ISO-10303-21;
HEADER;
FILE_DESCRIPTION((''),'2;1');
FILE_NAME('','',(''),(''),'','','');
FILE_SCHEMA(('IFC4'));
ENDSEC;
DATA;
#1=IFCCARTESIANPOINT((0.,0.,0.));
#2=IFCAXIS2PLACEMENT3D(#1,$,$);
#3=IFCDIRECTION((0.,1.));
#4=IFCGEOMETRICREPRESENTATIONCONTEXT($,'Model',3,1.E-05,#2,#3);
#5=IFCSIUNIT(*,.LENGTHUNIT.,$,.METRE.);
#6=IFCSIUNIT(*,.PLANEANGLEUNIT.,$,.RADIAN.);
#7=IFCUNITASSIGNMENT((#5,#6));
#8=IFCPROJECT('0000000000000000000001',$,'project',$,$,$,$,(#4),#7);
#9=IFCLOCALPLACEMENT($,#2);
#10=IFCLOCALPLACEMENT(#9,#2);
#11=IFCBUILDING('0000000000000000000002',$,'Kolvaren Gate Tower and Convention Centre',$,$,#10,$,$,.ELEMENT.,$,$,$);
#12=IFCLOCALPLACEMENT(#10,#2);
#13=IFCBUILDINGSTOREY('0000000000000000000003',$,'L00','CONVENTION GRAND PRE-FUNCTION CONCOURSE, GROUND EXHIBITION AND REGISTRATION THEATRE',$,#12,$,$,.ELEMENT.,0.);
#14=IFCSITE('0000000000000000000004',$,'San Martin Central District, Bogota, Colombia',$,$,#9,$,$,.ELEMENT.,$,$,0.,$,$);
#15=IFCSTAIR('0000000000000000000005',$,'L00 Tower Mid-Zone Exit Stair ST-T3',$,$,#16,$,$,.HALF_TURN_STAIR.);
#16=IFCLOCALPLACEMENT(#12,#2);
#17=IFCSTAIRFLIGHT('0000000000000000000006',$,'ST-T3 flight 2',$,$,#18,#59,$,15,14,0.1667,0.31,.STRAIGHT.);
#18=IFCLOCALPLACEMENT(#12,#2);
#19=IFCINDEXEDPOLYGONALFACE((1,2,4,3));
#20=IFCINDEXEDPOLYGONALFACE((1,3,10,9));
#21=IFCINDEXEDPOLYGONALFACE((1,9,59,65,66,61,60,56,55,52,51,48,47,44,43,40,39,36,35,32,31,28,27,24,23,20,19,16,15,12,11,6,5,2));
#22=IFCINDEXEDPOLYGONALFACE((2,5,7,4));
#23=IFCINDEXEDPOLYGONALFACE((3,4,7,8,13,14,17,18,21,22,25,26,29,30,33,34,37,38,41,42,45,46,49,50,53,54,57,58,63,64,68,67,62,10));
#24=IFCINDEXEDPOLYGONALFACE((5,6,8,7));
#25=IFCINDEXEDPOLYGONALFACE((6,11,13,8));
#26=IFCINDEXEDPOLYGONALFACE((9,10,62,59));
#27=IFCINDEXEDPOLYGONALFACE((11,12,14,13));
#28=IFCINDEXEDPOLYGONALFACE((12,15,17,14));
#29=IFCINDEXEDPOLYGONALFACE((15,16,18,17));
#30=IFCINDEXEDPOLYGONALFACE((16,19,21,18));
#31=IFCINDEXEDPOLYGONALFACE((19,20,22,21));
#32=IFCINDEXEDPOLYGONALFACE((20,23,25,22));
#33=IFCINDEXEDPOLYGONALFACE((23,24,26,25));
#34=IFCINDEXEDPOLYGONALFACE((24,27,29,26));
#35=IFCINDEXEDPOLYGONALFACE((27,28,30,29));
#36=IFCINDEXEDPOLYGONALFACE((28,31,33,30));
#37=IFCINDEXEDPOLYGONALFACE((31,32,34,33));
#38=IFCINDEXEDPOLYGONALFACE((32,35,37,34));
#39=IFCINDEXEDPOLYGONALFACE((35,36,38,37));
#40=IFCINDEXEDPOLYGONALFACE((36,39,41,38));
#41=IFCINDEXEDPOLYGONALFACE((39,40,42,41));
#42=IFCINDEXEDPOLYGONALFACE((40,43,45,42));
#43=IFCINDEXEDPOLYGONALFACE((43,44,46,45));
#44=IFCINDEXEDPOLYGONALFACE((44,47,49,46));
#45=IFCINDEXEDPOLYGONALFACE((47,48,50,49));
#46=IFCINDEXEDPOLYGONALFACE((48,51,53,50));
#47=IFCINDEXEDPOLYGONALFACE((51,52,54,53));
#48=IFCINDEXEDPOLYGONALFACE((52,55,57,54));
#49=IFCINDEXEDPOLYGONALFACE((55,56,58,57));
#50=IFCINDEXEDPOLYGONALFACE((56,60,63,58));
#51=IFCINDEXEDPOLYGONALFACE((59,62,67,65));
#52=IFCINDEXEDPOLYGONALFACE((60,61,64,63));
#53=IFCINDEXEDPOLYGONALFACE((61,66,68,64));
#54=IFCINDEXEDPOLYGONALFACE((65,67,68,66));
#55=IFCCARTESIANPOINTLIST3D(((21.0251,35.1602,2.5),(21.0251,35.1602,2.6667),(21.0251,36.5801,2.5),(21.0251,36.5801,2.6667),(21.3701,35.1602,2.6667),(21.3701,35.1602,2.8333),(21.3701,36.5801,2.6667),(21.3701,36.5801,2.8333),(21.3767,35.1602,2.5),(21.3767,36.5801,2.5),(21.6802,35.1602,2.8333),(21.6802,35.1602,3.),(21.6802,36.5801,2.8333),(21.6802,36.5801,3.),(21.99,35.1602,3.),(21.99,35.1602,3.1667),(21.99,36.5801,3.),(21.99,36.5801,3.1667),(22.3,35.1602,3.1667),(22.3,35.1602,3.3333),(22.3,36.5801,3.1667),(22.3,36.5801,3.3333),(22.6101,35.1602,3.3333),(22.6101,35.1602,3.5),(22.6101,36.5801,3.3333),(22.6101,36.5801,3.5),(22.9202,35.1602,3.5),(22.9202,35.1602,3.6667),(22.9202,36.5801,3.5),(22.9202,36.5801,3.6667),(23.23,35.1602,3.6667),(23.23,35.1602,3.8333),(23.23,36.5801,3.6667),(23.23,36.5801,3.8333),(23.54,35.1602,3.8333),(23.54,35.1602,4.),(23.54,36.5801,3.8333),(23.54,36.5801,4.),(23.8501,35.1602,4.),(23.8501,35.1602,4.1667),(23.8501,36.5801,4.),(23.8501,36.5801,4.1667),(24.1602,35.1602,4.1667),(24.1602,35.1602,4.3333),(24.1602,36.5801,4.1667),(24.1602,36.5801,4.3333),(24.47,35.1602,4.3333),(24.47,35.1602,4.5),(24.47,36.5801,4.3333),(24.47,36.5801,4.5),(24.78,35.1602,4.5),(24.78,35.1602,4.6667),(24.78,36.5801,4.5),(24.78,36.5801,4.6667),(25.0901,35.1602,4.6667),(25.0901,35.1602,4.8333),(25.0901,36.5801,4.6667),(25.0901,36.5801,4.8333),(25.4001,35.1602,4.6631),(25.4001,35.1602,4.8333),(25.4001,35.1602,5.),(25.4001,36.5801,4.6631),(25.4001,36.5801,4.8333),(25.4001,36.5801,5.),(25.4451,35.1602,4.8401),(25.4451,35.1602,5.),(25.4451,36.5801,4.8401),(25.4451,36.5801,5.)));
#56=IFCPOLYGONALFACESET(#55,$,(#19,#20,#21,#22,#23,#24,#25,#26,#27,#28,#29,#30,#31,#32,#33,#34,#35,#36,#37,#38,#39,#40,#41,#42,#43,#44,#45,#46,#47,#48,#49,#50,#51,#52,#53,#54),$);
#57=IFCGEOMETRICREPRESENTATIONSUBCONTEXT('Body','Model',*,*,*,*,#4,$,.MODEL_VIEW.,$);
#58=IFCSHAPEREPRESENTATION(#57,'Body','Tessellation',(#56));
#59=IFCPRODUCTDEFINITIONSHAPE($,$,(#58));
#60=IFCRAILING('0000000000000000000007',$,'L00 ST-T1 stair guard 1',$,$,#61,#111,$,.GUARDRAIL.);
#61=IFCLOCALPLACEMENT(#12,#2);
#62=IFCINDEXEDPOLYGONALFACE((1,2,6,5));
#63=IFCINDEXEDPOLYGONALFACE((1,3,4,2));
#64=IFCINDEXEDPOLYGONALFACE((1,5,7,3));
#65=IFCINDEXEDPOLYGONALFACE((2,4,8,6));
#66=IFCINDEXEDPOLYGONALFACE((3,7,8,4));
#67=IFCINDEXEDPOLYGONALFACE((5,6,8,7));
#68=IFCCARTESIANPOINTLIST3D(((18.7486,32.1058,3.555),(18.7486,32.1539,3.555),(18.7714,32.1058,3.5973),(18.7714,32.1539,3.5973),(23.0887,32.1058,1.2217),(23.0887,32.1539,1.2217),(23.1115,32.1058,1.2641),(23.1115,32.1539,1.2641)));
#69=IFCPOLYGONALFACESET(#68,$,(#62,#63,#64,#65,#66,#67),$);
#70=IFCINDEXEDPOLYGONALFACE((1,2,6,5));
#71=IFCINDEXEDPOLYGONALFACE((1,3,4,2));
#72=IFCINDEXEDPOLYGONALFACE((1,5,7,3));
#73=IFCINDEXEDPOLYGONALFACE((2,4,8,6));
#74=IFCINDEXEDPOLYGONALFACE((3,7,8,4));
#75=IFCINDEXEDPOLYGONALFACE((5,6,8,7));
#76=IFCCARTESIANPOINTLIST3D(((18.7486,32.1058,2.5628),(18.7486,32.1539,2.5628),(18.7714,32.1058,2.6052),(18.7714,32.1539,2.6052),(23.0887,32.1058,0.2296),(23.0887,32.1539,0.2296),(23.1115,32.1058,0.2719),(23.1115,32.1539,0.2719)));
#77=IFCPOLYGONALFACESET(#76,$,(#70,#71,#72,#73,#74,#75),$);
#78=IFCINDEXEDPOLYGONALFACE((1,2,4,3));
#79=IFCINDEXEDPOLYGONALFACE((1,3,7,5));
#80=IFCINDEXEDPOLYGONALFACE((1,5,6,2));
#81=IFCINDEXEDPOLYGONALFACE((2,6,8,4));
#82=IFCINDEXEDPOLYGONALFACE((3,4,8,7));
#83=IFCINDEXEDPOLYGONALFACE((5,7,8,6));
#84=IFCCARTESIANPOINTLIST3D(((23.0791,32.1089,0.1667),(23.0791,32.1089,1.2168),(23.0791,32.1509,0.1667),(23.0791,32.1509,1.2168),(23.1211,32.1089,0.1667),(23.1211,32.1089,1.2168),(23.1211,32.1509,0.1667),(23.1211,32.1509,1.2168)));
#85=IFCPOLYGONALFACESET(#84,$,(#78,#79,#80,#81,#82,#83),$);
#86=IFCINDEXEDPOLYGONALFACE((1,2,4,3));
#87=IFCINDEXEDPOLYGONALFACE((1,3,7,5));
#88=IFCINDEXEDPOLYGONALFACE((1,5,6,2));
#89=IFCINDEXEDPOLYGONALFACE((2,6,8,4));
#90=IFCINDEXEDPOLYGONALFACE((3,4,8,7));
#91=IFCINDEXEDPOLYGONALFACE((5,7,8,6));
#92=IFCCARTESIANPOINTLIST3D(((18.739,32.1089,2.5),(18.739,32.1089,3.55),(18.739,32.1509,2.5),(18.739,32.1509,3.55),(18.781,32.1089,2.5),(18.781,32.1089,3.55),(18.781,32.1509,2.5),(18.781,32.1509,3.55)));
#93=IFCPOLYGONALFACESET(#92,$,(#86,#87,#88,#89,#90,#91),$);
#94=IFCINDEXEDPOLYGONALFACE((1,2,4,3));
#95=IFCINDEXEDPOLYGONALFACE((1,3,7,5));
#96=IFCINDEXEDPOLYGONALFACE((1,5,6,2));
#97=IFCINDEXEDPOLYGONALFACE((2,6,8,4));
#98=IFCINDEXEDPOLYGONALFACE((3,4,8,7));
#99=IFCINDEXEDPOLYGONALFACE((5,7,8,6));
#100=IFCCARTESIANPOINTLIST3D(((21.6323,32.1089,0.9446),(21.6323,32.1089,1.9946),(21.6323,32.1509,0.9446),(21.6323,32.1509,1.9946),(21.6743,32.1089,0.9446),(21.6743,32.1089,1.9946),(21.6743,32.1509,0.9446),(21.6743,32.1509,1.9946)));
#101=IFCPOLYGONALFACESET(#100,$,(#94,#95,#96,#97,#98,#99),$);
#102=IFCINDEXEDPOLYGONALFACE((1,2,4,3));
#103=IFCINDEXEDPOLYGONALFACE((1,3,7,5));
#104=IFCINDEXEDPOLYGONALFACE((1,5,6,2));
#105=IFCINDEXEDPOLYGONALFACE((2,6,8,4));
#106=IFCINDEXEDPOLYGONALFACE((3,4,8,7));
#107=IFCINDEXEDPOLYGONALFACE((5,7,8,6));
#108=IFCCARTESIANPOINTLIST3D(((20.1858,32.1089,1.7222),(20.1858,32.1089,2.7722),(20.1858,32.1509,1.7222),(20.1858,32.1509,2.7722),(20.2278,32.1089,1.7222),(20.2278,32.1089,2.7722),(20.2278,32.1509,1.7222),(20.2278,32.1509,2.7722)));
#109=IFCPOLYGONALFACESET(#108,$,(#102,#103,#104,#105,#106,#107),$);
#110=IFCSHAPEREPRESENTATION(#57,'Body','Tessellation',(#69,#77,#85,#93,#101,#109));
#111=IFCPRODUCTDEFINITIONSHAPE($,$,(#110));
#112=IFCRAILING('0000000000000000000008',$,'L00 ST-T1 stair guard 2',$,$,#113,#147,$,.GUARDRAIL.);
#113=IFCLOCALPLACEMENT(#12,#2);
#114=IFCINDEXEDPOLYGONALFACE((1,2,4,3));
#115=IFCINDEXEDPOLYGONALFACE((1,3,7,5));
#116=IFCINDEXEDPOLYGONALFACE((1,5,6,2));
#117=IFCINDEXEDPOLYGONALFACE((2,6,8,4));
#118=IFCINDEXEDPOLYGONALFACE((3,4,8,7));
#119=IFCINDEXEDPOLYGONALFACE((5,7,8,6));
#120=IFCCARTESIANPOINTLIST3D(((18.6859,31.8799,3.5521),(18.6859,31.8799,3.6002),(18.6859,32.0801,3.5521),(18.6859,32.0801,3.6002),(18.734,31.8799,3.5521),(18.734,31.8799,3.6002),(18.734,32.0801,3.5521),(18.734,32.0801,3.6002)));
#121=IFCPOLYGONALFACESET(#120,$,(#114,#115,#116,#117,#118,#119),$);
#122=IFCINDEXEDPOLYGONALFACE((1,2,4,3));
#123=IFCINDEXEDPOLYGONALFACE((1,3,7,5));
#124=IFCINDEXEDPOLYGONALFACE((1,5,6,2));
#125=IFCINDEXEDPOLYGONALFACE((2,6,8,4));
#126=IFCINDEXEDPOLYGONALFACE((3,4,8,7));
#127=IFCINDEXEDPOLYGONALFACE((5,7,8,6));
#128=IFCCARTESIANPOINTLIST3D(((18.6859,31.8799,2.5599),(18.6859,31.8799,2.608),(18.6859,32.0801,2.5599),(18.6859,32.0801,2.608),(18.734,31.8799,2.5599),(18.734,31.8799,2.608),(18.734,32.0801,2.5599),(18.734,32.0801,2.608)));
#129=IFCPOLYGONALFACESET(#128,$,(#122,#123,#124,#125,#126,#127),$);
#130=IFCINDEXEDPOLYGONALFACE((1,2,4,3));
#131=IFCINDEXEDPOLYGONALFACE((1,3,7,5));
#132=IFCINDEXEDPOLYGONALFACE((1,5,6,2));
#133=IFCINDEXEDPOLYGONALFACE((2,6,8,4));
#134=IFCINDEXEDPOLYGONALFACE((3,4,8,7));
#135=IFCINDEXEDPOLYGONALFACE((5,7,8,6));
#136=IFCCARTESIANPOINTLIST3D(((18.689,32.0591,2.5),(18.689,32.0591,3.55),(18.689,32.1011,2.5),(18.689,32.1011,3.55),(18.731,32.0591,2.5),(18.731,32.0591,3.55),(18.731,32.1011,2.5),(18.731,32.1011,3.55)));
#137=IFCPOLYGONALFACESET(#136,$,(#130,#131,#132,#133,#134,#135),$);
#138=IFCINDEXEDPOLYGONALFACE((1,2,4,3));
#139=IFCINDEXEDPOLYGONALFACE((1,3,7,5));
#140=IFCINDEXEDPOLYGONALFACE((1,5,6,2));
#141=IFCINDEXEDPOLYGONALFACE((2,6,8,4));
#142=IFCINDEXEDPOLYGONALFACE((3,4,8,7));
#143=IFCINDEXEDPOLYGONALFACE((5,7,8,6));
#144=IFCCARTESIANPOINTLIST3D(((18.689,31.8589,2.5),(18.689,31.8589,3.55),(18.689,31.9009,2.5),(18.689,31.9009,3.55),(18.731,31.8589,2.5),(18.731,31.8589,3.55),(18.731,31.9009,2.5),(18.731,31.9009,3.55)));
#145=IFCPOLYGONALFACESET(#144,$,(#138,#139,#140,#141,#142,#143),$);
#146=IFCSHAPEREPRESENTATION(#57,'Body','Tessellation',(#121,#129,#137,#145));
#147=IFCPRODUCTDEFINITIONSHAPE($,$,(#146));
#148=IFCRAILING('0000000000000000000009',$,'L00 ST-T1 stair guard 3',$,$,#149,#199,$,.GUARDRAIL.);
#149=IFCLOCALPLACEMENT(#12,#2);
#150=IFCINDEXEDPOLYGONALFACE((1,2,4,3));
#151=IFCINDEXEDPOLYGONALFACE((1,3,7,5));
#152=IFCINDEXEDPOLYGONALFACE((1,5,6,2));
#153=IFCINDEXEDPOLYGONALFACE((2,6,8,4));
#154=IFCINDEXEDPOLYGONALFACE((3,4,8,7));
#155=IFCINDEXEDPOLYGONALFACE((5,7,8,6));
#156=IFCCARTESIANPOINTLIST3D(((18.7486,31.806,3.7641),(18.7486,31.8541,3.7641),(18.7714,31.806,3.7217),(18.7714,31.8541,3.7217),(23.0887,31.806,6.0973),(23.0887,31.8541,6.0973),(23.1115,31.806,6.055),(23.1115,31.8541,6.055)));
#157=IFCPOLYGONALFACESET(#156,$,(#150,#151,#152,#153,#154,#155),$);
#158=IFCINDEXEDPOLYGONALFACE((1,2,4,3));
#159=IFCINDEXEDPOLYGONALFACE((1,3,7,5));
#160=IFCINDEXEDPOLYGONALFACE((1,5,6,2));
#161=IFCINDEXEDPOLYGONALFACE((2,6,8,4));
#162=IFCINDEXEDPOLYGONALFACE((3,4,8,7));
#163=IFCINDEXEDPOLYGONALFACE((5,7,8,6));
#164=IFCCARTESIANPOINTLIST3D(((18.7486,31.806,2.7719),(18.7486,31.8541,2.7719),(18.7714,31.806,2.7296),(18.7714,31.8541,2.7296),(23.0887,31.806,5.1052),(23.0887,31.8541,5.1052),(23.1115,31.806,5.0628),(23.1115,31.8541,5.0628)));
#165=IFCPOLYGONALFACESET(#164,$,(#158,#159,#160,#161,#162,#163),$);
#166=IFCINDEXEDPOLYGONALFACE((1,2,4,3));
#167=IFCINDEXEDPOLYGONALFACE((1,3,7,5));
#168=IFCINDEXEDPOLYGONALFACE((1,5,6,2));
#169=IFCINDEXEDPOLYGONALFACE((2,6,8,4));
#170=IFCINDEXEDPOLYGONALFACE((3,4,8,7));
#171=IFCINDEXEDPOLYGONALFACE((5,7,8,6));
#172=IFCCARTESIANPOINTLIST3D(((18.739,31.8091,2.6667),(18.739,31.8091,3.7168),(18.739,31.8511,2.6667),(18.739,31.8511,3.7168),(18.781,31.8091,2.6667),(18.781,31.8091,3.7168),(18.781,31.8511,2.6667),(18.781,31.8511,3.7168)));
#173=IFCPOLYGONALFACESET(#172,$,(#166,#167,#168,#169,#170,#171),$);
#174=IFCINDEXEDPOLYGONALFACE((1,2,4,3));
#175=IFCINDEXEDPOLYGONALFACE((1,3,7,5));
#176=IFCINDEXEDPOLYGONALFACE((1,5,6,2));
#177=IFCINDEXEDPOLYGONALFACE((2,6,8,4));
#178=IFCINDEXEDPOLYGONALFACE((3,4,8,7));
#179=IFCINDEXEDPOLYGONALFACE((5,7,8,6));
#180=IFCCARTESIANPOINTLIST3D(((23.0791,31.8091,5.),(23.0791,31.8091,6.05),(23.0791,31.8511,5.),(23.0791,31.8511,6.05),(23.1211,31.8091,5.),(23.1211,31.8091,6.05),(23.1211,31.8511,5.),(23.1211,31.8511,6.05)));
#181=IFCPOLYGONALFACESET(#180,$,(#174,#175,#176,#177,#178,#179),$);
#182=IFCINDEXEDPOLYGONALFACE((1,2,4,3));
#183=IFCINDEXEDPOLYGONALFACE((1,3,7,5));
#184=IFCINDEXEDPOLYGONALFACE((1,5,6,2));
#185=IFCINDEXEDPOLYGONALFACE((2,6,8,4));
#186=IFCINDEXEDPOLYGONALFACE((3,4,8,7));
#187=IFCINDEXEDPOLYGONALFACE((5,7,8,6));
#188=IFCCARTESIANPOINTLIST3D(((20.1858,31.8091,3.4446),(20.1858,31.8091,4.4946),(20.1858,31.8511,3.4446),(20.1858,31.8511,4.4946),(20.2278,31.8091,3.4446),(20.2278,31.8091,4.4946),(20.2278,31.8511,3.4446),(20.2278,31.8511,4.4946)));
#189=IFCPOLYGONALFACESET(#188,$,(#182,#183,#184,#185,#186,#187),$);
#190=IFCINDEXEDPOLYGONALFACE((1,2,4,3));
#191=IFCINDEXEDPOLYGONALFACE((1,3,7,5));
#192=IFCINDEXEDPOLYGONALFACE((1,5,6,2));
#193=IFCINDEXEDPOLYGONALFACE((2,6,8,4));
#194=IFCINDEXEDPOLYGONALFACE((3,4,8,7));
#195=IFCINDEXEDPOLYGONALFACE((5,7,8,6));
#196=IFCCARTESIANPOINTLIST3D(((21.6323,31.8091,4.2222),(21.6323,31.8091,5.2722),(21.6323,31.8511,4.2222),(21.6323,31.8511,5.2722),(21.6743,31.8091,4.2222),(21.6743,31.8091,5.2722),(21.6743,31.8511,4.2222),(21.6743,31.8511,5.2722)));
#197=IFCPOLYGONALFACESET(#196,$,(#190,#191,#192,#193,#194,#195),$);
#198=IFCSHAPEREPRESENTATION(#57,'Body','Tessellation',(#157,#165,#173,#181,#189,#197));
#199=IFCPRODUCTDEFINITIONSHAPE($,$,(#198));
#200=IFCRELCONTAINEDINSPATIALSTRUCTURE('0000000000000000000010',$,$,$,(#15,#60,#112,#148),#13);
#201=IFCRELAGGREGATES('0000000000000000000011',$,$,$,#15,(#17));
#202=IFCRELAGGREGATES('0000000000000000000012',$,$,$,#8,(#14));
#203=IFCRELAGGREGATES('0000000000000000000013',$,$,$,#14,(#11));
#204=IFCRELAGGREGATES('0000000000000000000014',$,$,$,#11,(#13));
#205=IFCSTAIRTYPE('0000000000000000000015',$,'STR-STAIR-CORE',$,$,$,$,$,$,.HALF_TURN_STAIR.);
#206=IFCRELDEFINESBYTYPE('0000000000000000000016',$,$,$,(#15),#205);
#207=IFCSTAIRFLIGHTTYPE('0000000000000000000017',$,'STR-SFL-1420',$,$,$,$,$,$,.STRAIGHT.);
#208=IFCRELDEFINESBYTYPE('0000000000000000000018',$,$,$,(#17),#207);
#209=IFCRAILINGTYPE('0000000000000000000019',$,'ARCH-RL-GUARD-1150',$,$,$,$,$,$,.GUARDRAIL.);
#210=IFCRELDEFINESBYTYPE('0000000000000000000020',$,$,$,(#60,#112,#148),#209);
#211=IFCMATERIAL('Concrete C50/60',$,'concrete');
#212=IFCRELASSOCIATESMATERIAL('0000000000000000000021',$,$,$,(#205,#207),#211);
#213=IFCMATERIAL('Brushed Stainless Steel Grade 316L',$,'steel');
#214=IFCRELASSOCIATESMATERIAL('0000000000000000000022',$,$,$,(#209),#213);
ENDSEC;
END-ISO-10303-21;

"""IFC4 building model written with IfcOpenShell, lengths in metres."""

from ifc_helpers import new_model, si_unit, direction, frame, origin, origin_2d, place, context, subcontext, project, spatial, polyline, rectangle, outline, extrude, material, type_object, element, aggregate, save


model = new_model("IFC4")

# Units and contexts
model_context = context("Model", 3, precision=1e-05, world=origin(), true_north=direction((0.0, 1.0)))
body_context = subcontext(model_context, "Body", "Model", "MODEL_VIEW")
ifc_project = project(units=[si_unit("LENGTHUNIT", "METRE"), si_unit("PLANEANGLEUNIT", "RADIAN")], contexts=[model_context])

# Site, building, storey
site_placement = place(None, origin())
site = spatial("IfcSite", under=ifc_project, at=site_placement, Name="San Martin Central District, Bogota, Colombia", CompositionType="ELEMENT", RefElevation=0.0)
building_placement = place(site_placement, origin())
building = spatial("IfcBuilding", under=site, at=building_placement, Name="Kolvaren Gate Tower and Convention Centre", CompositionType="ELEMENT")
storey_placement = place(building_placement, origin())
storey = spatial("IfcBuildingStorey", under=building, at=storey_placement, Name="L00", Description="CONVENTION GRAND PRE-FUNCTION CONCOURSE, GROUND EXHIBITION AND REGISTRATION THEATRE", CompositionType="ELEMENT", Elevation=0.0)

# Shared definitions
ifc_material_1 = material(Name="Brushed Stainless Steel Grade 316L", Category="steel")

# Shared definitions
ifc_material_2 = material(Name="Concrete C50/60", Category="concrete")

# Shared definitions
stair_type = type_object("IfcStairType", Name="STR-STAIR-CORE", PredefinedType="HALF_TURN_STAIR", material=ifc_material_2)
stair_flight_type = type_object("IfcStairFlightType", Name="STR-SFL-1420", PredefinedType="STRAIGHT", material=ifc_material_2)

# Stair, stair flight
stair_1_placement = place(storey_placement, origin())
stair_1 = element("IfcStair", 1, at=stair_1_placement, inside=storey, type_object=stair_type, Name="L00 Tower Mid-Zone Exit Stair ST-T3", PredefinedType="HALF_TURN_STAIR")
stair_flight_1_placement = place(storey_placement, frame((21.0601, 35.8701, 2.5), z_axis=(0.0, 0.0, 1.0), x_axis=(1.0, 0.0, 0.0)))
stair_flight_1 = element("IfcStairFlight", 2, at=stair_flight_1_placement, type_object=stair_flight_type, Name="ST-T3 flight 2", NumberOfRisers=15, NumberOfTreads=14, PredefinedType="STRAIGHT", RiserHeight=0.1667, TreadLength=0.31, context=body_context, shape_type="SweptSolid", body=[
    extrude(outline(polyline([(-0.0349, 0.0), (-0.0349, 0.1667), (0.3101, 0.1667), (0.3101, 0.3333), (0.6201, 0.3333), (0.6201, 0.5), (0.9299, 0.5), (0.9299, 0.6667), (1.24, 0.6667), (1.24, 0.8333), (1.55, 0.8333), (1.55, 1.0), (1.8601, 1.0), (1.8601, 1.1667), (2.1699, 1.1667), (2.1699, 1.3333), (2.48, 1.3333), (2.48, 1.5), (2.79, 1.5), (2.79, 1.6667), (3.1001, 1.6667), (3.1001, 1.8333), (3.4099, 1.8333), (3.4099, 2.0), (3.72, 2.0), (3.72, 2.1667), (4.03, 2.1667), (4.03, 2.3333), (4.3401, 2.3333), (4.3401, 2.5), (4.385, 2.5), (4.385, 2.3401), (4.3401, 2.1631), (0.3167, 0.0), (-0.0349, 0.0)])), frame((0.0, 0.71, 0.0), z_axis=(0.0, -1.0, 0.0), x_axis=(1.0, 0.0, 0.0)), (0.0, 0.0, 1.0), 1.4199),
])
aggregate(stair_1, [stair_flight_1])

# Railings
railing_type_1 = type_object("IfcRailingType", Name="ARCH-RL-GUARD-1150", PredefinedType="GUARDRAIL", material=ifc_material_1)
railing_1_placement = place(storey_placement, frame((23.1001, 32.1299, 0.1667)))
element("IfcRailing", 3, at=railing_1_placement, inside=storey, type_object=railing_type_1, Name="L00 ST-T1 stair guard 1", PredefinedType="GUARDRAIL", context=body_context, shape_type="SweptSolid", body=[
    extrude(rectangle(XDim=0.0481, YDim=0.0481, at=origin_2d()), frame((0.0, 0.0, 1.0762), z_axis=(-0.880786, 0.0, 0.473515), x_axis=(0.0, -1.0, 0.0)), (0.0, 0.0, 1.0), 4.9275),
    extrude(rectangle(XDim=0.0481, YDim=0.0481, at=origin_2d()), frame((0.0, 0.0, 0.084), z_axis=(-0.880786, 0.0, 0.473515), x_axis=(0.0, -1.0, 0.0)), (0.0, 0.0, 1.0), 4.9275),
    extrude(rectangle(XDim=0.042, YDim=0.042, at=origin_2d()), origin(), (0.0, 0.0, 1.0), 1.05),
    extrude(rectangle(XDim=0.042, YDim=0.042, at=origin_2d()), frame((-4.3401, 0.0, 2.3333)), (0.0, 0.0, 1.0), 1.05),
    extrude(rectangle(XDim=0.042, YDim=0.042, at=origin_2d()), frame((-1.4468, 0.0, 0.7778)), (0.0, 0.0, 1.0), 1.05),
    extrude(rectangle(XDim=0.042, YDim=0.042, at=origin_2d()), frame((-2.8933, 0.0, 1.5554)), (0.0, 0.0, 1.0), 1.05),
])
railing_2_placement = place(storey_placement, frame((18.71, 32.0801, 2.5)))
element("IfcRailing", 4, at=railing_2_placement, inside=storey, type_object=railing_type_1, Name="L00 ST-T1 stair guard 2", PredefinedType="GUARDRAIL", context=body_context, shape_type="SweptSolid", body=[
    extrude(rectangle(XDim=0.0481, YDim=0.0481, at=origin_2d()), frame((0.0, 0.0, 1.0762), z_axis=(0.0, -1.0, 0.0), x_axis=(1.0, 0.0, 0.0)), (0.0, 0.0, 1.0), 0.2002),
    extrude(rectangle(XDim=0.0481, YDim=0.0481, at=origin_2d()), frame((0.0, 0.0, 0.084), z_axis=(0.0, -1.0, 0.0), x_axis=(1.0, 0.0, 0.0)), (0.0, 0.0, 1.0), 0.2002),
    extrude(rectangle(XDim=0.042, YDim=0.042, at=origin_2d()), origin(), (0.0, 0.0, 1.0), 1.05),
    extrude(rectangle(XDim=0.042, YDim=0.042, at=origin_2d()), frame((0.0, -0.2002, 0.0)), (0.0, 0.0, 1.0), 1.05),
])
railing_3_placement = place(storey_placement, frame((18.76, 31.8301, 2.6667)))
element("IfcRailing", 5, at=railing_3_placement, inside=storey, type_object=railing_type_1, Name="L00 ST-T1 stair guard 3", PredefinedType="GUARDRAIL", context=body_context, shape_type="SweptSolid", body=[
    extrude(rectangle(XDim=0.0481, YDim=0.0481, at=origin_2d()), frame((0.0, 0.0, 1.0762), z_axis=(0.880786, 0.0, 0.473515), x_axis=(0.0, 1.0, 0.0)), (0.0, 0.0, 1.0), 4.9275),
    extrude(rectangle(XDim=0.0481, YDim=0.0481, at=origin_2d()), frame((0.0, 0.0, 0.084), z_axis=(0.880786, 0.0, 0.473515), x_axis=(0.0, 1.0, 0.0)), (0.0, 0.0, 1.0), 4.9275),
    extrude(rectangle(XDim=0.042, YDim=0.042, at=origin_2d()), origin(), (0.0, 0.0, 1.0), 1.05),
    extrude(rectangle(XDim=0.042, YDim=0.042, at=origin_2d()), frame((4.3401, 0.0, 2.3333)), (0.0, 0.0, 1.0), 1.05),
    extrude(rectangle(XDim=0.042, YDim=0.042, at=origin_2d()), frame((1.4468, 0.0, 0.7778)), (0.0, 0.0, 1.0), 1.05),
    extrude(rectangle(XDim=0.042, YDim=0.042, at=origin_2d()), frame((2.8933, 0.0, 1.5554)), (0.0, 0.0, 1.0), 1.05),
])

save(model, "model.ifc")
